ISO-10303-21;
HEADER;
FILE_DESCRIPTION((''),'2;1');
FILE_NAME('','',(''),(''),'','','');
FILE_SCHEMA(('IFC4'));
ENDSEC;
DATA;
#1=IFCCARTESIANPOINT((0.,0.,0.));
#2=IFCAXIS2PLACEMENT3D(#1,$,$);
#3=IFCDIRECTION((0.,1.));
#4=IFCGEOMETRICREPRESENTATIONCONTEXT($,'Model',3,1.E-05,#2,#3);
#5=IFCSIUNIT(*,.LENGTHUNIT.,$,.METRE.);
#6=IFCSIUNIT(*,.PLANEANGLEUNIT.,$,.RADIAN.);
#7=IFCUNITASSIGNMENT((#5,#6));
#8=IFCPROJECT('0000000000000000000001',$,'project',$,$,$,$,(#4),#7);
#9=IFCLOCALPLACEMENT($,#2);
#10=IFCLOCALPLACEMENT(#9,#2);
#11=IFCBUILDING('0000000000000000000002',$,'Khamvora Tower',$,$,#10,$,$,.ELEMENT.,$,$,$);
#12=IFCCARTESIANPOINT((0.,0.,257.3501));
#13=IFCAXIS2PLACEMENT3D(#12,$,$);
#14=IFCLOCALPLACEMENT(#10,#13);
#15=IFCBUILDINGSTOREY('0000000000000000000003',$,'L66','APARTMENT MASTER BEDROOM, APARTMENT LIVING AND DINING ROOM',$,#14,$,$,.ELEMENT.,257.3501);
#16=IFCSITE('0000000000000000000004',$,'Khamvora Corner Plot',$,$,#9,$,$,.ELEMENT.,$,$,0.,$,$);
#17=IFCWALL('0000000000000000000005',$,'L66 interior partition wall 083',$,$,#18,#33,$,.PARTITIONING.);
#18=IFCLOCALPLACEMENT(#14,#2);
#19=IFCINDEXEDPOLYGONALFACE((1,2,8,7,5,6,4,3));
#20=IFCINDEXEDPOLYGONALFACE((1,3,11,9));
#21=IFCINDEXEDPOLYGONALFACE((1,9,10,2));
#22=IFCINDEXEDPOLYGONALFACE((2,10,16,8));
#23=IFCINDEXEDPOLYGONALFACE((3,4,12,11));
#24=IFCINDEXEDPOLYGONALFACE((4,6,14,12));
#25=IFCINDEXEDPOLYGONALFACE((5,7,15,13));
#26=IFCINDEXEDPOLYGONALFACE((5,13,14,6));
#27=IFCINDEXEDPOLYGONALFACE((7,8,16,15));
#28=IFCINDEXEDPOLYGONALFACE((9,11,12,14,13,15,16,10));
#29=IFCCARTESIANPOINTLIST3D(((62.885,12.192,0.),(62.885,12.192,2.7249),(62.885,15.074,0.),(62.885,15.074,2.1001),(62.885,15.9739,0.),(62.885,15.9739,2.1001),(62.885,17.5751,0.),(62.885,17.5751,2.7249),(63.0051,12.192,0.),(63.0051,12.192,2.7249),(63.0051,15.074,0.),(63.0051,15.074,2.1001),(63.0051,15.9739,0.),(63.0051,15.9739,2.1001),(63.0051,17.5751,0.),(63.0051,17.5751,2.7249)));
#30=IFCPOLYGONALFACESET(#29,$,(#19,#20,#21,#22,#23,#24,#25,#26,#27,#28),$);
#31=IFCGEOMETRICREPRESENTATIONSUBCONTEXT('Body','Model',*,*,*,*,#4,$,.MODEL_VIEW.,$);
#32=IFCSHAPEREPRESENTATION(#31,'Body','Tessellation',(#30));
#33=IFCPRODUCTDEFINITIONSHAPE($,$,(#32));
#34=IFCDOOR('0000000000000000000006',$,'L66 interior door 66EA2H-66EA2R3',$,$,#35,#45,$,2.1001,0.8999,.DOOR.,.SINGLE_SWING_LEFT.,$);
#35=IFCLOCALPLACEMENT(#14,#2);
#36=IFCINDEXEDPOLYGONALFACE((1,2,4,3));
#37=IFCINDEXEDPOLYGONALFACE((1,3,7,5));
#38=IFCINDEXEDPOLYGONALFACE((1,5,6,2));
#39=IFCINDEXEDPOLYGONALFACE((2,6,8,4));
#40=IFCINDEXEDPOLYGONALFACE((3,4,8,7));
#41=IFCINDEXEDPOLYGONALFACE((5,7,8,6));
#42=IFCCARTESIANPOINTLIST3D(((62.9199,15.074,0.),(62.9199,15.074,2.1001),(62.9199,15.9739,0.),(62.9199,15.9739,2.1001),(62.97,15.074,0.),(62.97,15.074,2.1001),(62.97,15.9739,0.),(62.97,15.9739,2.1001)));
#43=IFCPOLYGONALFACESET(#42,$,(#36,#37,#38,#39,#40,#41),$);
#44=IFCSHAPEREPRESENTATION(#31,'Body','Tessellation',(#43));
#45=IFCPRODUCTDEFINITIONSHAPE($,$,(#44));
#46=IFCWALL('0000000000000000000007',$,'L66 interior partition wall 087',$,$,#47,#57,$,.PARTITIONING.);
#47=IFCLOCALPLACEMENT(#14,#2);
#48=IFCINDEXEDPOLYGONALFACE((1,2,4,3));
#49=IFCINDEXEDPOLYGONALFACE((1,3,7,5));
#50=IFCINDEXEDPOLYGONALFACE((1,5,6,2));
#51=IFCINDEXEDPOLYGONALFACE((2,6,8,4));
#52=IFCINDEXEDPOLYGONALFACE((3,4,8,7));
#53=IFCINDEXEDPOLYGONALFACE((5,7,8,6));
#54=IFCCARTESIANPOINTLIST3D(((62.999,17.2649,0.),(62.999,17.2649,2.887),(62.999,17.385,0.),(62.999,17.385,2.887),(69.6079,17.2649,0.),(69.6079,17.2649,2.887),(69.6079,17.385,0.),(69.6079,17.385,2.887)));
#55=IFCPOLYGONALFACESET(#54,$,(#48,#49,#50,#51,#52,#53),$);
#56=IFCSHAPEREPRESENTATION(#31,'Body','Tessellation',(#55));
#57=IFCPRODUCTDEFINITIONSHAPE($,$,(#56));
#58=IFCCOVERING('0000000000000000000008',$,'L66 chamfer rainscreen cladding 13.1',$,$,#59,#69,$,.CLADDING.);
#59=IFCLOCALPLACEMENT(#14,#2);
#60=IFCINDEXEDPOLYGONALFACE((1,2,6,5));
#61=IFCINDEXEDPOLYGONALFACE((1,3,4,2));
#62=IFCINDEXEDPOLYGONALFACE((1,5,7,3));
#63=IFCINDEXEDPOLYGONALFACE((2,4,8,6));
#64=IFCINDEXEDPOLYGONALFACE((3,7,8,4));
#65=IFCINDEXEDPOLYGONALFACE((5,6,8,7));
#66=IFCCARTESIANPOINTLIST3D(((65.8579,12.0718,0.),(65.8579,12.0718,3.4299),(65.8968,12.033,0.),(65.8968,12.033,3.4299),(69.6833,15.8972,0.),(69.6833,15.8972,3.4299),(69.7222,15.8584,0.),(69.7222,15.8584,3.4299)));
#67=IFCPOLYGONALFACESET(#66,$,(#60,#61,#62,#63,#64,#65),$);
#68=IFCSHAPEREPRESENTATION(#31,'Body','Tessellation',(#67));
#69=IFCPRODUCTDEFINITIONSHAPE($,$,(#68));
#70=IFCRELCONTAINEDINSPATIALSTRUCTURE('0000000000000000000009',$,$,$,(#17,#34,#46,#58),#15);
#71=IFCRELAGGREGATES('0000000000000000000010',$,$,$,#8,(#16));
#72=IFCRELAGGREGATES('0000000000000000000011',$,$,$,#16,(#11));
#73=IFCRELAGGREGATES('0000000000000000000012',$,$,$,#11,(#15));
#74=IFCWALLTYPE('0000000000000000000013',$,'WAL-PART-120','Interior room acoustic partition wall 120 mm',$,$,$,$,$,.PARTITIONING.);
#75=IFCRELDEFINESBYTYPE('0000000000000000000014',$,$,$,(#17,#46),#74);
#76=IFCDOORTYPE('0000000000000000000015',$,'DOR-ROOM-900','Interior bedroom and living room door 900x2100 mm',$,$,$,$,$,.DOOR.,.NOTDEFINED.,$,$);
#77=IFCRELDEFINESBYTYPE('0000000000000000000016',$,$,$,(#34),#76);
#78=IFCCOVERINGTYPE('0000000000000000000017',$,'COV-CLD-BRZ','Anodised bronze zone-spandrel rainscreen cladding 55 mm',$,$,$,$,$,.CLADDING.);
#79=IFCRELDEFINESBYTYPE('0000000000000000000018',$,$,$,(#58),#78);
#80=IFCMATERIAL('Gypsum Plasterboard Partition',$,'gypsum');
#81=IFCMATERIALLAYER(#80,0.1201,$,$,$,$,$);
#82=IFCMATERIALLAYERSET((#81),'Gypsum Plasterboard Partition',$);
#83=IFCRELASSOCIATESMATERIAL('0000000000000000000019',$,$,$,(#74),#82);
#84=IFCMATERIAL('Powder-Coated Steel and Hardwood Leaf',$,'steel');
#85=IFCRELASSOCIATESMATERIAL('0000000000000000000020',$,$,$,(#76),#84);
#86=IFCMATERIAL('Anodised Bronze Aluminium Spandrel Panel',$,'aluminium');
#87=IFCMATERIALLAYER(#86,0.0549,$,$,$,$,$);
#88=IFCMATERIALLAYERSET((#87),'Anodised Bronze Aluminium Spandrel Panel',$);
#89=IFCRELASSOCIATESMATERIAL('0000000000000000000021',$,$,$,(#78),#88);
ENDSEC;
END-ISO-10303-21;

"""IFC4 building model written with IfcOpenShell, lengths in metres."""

from ifc_helpers import new_model, si_unit, direction, frame, frame_2d, origin, origin_2d, place, context, subcontext, project, spatial, rectangle, extrude, material, layer, layer_set, type_object, element, fill, save


model = new_model("IFC4")

# Units and contexts
model_context = context("Model", 3, precision=1e-05, world=origin(), true_north=direction((0.0, 1.0)))
body_context = subcontext(model_context, "Body", "Model", "MODEL_VIEW")
ifc_project = project(units=[si_unit("LENGTHUNIT", "METRE"), si_unit("PLANEANGLEUNIT", "RADIAN")], contexts=[model_context])

# Site, building, storey
site_placement = place(None, origin())
site = spatial("IfcSite", under=ifc_project, at=site_placement, Name="Khamvora Corner Plot", CompositionType="ELEMENT", RefElevation=0.0)
building_placement = place(site_placement, origin())
building = spatial("IfcBuilding", under=site, at=building_placement, Name="Khamvora Tower", CompositionType="ELEMENT")
storey_placement = place(building_placement, frame((0.0, 0.0, 257.3501)))
storey = spatial("IfcBuildingStorey", under=building, at=storey_placement, Name="L66", Description="APARTMENT MASTER BEDROOM, APARTMENT LIVING AND DINING ROOM", CompositionType="ELEMENT", Elevation=257.3501)

# Wall, opening, door
ifc_material_1 = material(Name="Gypsum Plasterboard Partition", Category="gypsum")
ifc_layer_1 = layer(ifc_material_1, 0.1201)
ifc_layer_set_1 = layer_set([ifc_layer_1], Name="Gypsum Plasterboard Partition")
wall_type_1 = type_object("IfcWallType", Name="WAL-PART-120", Description="Interior room acoustic partition wall 120 mm", PredefinedType="PARTITIONING", material=ifc_layer_set_1)
wall_1_placement = place(storey_placement, frame((62.9451, 17.575, 0.0), z_axis=(0.0, 0.0, 1.0), x_axis=(0.0, -1.0, 0.0)))
wall_1 = element("IfcWall", 1, at=wall_1_placement, inside=storey, type_object=wall_type_1, Name="L66 interior partition wall 083", PredefinedType="PARTITIONING", context=body_context, shape_type="SweptSolid", body=[
    extrude(rectangle(XDim=5.3831, YDim=0.1201, at=frame_2d((2.6914, 0.0))), origin(), (0.0, 0.0, 1.0), 2.7249),
])
opening_1_placement = place(wall_1_placement, frame((1.6011, 0.0, 0.0)))
opening_1 = element("IfcOpeningElement", 2, at=opening_1_placement, cuts=wall_1, PredefinedType="OPENING", context=body_context, shape_type="SweptSolid", body=[
    extrude(rectangle(XDim=0.8999, YDim=2.1001, at=frame_2d((0.45, 1.05))), frame((0.0, 0.0701, 0.0), z_axis=(0.0, -1.0, 0.0), x_axis=(1.0, 0.0, 0.0)), (0.0, 0.0, 1.0), 0.1401),
])
ifc_material_2 = material(Name="Powder-Coated Steel and Hardwood Leaf", Category="steel")
door_type = type_object("IfcDoorType", Name="DOR-ROOM-900", Description="Interior bedroom and living room door 900x2100 mm", OperationType="NOTDEFINED", PredefinedType="DOOR", material=ifc_material_2)
door_placement = place(opening_1_placement, origin())
door = element("IfcDoor", 3, at=door_placement, inside=storey, type_object=door_type, Name="L66 interior door 66EA2H-66EA2R3", OperationType="SINGLE_SWING_LEFT", OverallHeight=2.1001, OverallWidth=0.8999, PredefinedType="DOOR", context=body_context, shape_type="SweptSolid", body=[
    extrude(rectangle(XDim=0.8999, YDim=2.1001, at=frame_2d((0.45, 1.05))), frame((0.0, 0.0249, 0.0), z_axis=(0.0, -1.0, 0.0), x_axis=(1.0, 0.0, 0.0)), (0.0, 0.0, 1.0), 0.05),
])
fill(opening_1, door)

# Wall
wall_2_placement = place(storey_placement, frame((62.999, 17.325, 0.0), z_axis=(0.0, 0.0, 1.0), x_axis=(1.0, 0.0, 0.0)))
element("IfcWall", 4, at=wall_2_placement, inside=storey, type_object=wall_type_1, Name="L66 interior partition wall 087", PredefinedType="PARTITIONING", context=body_context, shape_type="SweptSolid", body=[
    extrude(rectangle(XDim=6.6089, YDim=0.1201, at=frame_2d((3.3044, 0.0))), origin(), (0.0, 0.0, 1.0), 2.887),
])

# Covering
ifc_material_3 = material(Name="Anodised Bronze Aluminium Spandrel Panel", Category="aluminium")
ifc_layer_2 = layer(ifc_material_3, 0.0549)
ifc_layer_set_2 = layer_set([ifc_layer_2], Name="Anodised Bronze Aluminium Spandrel Panel")
covering_type = type_object("IfcCoveringType", Name="COV-CLD-BRZ", Description="Anodised bronze zone-spandrel rainscreen cladding 55 mm", PredefinedType="CLADDING", material=ifc_layer_set_2)
covering_placement = place(storey_placement, frame((67.79, 13.9651, 0.0), z_axis=(0.0, 0.0, 1.0), x_axis=(-0.707107, -0.707107, 0.0)))
element("IfcCovering", 5, at=covering_placement, inside=storey, type_object=covering_type, Name="L66 chamfer rainscreen cladding 13.1", PredefinedType="CLADDING", context=body_context, shape_type="SweptSolid", body=[
    extrude(rectangle(XDim=5.4099, YDim=0.0549, at=origin_2d()), origin(), (0.0, 0.0, 1.0), 3.4299),
])

save(model, "model.ifc")
